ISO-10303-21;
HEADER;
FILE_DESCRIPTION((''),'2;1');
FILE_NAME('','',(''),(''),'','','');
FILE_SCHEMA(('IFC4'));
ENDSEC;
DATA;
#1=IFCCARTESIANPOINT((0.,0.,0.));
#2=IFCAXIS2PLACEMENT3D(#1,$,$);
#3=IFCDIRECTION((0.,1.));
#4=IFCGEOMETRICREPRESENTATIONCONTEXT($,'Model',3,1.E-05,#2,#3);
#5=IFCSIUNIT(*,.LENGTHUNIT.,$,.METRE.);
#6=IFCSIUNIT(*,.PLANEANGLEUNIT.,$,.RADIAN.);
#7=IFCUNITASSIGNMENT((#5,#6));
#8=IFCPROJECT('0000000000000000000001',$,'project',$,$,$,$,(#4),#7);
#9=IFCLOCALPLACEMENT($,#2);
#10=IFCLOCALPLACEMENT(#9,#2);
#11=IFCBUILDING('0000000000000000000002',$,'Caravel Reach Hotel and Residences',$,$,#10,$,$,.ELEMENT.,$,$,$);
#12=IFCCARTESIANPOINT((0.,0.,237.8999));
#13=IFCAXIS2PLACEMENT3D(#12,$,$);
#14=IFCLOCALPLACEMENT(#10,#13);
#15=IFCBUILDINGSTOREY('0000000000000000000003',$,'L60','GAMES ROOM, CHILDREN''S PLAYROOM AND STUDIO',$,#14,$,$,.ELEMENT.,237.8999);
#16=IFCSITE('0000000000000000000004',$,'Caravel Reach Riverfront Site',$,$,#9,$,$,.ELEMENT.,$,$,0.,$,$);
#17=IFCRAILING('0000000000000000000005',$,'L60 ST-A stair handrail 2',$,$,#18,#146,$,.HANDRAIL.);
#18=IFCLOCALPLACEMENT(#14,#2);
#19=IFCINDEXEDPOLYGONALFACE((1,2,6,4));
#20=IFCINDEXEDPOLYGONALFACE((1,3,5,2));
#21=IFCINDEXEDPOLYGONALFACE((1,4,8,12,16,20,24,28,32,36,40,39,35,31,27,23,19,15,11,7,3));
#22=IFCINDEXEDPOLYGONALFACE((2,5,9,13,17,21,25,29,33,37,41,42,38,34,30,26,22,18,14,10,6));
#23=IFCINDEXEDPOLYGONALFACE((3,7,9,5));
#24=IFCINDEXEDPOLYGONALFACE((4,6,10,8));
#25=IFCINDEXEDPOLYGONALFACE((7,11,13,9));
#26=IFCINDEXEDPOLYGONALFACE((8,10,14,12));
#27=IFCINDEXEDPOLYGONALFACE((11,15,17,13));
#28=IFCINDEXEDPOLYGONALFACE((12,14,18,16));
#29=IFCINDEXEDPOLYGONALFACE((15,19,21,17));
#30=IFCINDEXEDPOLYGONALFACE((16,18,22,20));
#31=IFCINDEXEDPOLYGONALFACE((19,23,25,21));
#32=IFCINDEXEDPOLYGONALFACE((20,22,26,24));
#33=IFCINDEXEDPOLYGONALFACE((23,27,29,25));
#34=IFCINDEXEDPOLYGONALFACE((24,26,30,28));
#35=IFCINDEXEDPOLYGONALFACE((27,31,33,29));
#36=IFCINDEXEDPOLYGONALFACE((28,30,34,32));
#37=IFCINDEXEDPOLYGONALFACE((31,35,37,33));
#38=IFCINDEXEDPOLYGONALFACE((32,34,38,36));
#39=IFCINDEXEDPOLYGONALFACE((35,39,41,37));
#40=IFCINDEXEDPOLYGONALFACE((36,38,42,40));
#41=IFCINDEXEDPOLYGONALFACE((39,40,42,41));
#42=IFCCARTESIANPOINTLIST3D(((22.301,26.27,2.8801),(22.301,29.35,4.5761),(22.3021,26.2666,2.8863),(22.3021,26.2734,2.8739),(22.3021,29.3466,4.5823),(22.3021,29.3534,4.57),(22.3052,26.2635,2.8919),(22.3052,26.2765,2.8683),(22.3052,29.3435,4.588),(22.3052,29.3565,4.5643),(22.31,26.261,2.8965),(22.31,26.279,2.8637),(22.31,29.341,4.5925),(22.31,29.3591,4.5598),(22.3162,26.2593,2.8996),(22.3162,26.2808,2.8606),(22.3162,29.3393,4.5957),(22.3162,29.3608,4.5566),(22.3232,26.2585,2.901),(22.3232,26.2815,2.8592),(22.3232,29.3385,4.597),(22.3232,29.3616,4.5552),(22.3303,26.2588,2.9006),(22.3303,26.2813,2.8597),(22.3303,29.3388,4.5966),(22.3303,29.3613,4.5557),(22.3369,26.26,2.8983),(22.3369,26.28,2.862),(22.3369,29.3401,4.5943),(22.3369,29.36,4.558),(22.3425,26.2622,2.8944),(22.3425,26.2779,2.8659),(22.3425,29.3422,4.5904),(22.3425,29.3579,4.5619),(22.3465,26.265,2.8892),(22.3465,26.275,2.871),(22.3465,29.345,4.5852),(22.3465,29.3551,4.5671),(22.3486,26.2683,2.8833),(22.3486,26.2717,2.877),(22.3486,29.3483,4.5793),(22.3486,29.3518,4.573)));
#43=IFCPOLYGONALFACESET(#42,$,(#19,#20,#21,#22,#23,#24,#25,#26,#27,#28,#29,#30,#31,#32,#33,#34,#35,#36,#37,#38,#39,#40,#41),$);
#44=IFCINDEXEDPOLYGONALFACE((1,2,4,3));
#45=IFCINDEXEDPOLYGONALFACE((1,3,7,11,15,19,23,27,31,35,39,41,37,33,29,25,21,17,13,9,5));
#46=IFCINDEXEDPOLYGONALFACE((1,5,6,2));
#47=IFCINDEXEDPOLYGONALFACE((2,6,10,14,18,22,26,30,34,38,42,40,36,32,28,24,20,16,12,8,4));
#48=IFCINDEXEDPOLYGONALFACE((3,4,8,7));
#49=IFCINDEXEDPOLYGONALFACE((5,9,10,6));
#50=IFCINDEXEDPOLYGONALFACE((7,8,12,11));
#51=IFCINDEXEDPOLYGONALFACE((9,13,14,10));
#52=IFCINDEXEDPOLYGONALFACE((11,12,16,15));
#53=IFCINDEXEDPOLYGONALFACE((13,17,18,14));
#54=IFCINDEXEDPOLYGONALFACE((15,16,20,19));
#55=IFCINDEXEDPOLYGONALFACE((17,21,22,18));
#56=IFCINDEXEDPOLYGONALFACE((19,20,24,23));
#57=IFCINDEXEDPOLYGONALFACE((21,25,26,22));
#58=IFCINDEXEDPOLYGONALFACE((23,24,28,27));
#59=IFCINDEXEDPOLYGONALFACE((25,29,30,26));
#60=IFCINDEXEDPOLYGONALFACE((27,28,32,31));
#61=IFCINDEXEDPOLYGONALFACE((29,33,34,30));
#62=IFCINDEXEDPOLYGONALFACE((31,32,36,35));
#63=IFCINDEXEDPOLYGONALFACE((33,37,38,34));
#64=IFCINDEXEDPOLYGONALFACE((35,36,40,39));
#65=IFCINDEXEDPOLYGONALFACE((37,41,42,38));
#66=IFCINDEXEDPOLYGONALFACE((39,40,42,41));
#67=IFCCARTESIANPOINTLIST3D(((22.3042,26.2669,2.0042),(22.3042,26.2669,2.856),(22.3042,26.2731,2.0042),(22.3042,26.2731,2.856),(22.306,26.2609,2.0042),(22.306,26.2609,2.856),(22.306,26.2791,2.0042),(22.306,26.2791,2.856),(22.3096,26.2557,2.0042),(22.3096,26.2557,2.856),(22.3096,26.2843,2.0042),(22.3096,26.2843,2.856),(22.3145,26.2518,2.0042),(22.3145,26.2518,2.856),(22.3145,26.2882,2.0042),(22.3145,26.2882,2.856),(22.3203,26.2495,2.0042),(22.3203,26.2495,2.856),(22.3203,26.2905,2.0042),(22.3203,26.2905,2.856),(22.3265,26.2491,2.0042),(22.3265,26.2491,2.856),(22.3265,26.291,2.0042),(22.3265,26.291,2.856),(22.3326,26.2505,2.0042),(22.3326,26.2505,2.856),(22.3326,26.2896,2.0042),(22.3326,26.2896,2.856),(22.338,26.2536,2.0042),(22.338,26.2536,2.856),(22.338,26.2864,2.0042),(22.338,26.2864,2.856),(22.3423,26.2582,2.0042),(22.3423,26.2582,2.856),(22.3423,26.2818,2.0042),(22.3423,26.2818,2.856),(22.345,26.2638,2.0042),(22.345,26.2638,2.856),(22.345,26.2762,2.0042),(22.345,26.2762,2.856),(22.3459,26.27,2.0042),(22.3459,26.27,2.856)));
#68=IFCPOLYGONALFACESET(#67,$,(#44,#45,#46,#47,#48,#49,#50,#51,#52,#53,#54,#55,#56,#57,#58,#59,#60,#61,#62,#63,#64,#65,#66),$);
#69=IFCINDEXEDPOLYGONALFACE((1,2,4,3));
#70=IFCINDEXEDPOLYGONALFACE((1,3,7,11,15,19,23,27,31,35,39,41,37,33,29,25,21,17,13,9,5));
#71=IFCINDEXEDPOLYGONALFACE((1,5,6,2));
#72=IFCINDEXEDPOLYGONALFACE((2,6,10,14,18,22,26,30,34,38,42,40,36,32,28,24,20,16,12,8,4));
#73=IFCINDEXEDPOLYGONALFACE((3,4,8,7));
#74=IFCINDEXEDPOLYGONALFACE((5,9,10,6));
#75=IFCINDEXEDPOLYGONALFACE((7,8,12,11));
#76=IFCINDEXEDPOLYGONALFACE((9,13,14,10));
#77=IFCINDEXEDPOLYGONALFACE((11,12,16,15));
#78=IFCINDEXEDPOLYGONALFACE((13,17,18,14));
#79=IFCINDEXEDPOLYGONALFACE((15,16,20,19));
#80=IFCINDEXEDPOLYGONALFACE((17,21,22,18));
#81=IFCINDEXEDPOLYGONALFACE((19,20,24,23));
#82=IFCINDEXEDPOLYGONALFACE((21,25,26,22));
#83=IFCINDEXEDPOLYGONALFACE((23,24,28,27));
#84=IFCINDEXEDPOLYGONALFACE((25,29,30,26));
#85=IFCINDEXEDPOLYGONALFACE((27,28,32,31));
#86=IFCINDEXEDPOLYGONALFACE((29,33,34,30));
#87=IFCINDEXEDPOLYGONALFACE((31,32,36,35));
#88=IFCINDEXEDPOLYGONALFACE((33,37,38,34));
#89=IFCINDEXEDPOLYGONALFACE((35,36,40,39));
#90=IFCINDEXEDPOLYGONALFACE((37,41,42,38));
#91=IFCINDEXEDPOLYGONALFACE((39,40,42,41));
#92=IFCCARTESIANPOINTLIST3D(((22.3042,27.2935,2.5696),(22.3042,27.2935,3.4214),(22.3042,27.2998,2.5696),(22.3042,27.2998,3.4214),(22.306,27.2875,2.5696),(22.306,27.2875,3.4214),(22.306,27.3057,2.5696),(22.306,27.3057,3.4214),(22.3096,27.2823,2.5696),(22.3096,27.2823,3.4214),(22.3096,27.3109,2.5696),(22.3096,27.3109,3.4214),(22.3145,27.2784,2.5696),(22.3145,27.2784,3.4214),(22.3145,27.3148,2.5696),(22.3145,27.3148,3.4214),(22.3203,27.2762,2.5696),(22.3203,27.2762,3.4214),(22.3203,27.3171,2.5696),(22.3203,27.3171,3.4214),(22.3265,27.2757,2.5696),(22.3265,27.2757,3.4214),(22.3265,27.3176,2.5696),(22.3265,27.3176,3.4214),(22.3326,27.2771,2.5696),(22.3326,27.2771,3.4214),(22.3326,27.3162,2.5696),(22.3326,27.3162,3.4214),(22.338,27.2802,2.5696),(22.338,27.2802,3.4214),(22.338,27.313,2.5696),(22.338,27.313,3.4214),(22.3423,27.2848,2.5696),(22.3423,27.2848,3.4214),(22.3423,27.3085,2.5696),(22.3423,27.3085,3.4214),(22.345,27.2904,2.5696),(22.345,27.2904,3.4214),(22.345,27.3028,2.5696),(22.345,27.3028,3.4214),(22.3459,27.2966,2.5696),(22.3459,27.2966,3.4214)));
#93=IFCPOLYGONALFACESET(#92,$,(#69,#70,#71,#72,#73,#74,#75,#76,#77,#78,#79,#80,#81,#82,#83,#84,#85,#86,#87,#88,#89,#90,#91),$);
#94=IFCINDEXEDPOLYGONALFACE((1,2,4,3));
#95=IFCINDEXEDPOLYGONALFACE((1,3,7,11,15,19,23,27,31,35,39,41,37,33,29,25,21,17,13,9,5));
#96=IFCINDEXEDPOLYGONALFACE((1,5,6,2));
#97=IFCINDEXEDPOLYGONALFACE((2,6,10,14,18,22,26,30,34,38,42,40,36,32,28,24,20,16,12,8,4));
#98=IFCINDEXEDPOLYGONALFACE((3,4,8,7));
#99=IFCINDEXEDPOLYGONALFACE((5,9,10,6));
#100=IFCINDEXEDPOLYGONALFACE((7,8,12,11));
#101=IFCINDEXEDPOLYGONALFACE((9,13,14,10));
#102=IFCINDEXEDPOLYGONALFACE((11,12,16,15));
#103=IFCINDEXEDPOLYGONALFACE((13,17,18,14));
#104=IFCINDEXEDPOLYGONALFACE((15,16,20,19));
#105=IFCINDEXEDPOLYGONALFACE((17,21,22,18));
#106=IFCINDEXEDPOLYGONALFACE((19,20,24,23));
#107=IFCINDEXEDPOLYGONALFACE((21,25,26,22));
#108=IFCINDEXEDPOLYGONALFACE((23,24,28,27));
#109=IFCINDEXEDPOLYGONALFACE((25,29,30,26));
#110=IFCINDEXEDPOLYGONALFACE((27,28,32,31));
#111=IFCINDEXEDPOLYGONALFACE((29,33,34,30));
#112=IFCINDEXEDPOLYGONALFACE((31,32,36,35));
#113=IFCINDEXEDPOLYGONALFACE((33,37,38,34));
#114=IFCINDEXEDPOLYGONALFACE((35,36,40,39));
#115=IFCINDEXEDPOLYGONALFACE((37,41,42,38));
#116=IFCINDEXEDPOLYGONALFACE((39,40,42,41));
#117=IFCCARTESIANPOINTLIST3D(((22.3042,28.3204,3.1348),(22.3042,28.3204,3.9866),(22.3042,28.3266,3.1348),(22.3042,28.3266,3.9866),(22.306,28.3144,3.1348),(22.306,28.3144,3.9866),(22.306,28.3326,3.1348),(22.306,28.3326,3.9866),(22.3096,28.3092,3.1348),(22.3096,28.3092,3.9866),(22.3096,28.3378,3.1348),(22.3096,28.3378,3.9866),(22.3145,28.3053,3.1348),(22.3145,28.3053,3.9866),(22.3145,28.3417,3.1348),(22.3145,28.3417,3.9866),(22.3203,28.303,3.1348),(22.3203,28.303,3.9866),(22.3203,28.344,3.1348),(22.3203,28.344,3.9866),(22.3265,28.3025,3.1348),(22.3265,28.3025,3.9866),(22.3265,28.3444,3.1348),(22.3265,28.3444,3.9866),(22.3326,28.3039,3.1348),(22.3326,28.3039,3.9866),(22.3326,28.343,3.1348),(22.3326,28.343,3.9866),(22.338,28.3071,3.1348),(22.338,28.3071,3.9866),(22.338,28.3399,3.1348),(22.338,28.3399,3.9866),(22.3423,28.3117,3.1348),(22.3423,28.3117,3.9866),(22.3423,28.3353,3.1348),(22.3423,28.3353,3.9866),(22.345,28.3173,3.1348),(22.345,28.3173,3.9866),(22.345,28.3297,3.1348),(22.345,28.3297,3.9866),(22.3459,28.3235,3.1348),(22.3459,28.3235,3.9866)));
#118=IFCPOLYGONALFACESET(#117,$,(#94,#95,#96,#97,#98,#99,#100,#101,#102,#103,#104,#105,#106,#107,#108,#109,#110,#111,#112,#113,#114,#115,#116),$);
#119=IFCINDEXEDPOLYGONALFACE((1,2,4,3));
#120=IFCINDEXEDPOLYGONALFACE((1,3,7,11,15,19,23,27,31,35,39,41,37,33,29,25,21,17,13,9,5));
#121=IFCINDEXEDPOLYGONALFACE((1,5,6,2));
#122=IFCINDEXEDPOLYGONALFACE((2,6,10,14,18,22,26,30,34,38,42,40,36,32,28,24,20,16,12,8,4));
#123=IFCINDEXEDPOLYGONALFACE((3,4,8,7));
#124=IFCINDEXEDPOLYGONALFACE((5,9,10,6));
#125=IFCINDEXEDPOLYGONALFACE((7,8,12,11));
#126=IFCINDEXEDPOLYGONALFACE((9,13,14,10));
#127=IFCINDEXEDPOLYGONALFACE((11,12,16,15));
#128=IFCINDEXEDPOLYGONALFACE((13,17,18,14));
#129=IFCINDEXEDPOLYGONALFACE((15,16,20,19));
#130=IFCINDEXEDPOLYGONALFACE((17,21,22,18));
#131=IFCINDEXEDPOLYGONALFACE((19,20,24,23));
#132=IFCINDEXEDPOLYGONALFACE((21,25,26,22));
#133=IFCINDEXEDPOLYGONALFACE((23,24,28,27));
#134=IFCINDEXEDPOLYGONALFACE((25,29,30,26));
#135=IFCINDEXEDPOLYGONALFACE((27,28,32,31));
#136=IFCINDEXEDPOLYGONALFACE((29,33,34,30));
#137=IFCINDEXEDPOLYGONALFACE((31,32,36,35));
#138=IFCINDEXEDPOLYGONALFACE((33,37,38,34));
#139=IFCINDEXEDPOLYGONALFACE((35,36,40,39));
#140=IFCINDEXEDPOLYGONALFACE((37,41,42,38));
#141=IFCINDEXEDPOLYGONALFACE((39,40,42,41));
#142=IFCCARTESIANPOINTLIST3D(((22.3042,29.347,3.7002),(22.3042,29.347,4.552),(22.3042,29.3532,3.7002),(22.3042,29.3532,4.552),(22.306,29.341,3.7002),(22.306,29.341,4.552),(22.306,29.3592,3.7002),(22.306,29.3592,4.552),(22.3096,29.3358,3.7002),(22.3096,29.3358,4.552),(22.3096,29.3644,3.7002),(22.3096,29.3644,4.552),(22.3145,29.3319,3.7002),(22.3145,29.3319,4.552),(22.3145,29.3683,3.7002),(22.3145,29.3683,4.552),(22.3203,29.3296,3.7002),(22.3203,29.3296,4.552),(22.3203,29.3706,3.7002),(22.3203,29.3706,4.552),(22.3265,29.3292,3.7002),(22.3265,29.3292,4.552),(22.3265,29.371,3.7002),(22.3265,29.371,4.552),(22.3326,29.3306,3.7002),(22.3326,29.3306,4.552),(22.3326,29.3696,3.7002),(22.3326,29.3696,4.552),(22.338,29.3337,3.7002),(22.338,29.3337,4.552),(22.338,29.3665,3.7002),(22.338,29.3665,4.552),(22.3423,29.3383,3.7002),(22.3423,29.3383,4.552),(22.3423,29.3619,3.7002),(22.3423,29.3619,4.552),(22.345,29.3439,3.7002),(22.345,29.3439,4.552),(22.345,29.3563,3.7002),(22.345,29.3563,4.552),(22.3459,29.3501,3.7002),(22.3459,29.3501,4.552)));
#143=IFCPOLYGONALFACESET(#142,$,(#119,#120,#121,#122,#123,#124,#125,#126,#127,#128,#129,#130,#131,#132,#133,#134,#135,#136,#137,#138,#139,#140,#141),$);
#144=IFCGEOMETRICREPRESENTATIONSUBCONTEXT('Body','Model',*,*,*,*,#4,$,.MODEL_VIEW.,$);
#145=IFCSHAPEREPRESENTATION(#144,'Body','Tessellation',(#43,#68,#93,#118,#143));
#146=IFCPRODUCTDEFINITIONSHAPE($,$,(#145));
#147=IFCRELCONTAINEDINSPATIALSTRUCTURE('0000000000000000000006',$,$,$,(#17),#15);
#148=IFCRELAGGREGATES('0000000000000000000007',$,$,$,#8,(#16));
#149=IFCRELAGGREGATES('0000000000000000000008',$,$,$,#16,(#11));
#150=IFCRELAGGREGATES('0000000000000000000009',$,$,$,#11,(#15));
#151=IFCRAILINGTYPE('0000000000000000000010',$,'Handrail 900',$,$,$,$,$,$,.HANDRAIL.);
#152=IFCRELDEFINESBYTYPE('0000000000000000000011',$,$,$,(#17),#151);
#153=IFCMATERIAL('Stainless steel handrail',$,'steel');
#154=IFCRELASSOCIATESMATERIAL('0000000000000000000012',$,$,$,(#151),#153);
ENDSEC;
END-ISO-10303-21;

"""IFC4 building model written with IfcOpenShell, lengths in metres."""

from ifc_helpers import new_model, si_unit, direction, frame, origin, origin_2d, place, context, subcontext, project, spatial, circle, extrude, material, type_object, element, save


model = new_model("IFC4")

# Units and contexts
model_context = context("Model", 3, precision=1e-05, world=origin(), true_north=direction((0.0, 1.0)))
body_context = subcontext(model_context, "Body", "Model", "MODEL_VIEW")
ifc_project = project(units=[si_unit("LENGTHUNIT", "METRE"), si_unit("PLANEANGLEUNIT", "RADIAN")], contexts=[model_context])

# Site, building, storey
site_placement = place(None, origin())
site = spatial("IfcSite", under=ifc_project, at=site_placement, Name="Caravel Reach Riverfront Site", CompositionType="ELEMENT", RefElevation=0.0)
building_placement = place(site_placement, origin())
building = spatial("IfcBuilding", under=site, at=building_placement, Name="Caravel Reach Hotel and Residences", CompositionType="ELEMENT")
storey_placement = place(building_placement, frame((0.0, 0.0, 237.8999)))
storey = spatial("IfcBuildingStorey", under=building, at=storey_placement, Name="L60", Description="GAMES ROOM, CHILDREN'S PLAYROOM AND STUDIO", CompositionType="ELEMENT", Elevation=237.8999)

# Railing
ifc_material_1 = material(Name="Stainless steel handrail", Category="steel")
railing_type = type_object("IfcRailingType", Name="Handrail 900", PredefinedType="HANDRAIL", material=ifc_material_1)
railing_placement = place(storey_placement, frame((22.325, 26.27, 2.0042)))
element("IfcRailing", 1, at=railing_placement, inside=storey, type_object=railing_type, Name="L60 ST-A stair handrail 2", PredefinedType="HANDRAIL", context=body_context, shape_type="SweptSolid", body=[
    extrude(circle(Radius=0.0239, at=origin_2d()), frame((0.0, 0.0, 0.876), z_axis=(0.0, 0.875975, 0.482356), x_axis=(-1.0, 0.0, 0.0)), (0.0, 0.0, 1.0), 3.5161),
    extrude(circle(Radius=0.021, at=origin_2d()), origin(), (0.0, 0.0, 1.0), 0.8518),
    extrude(circle(Radius=0.021, at=origin_2d()), frame((0.0, 1.0266, 0.5654)), (0.0, 0.0, 1.0), 0.8518),
    extrude(circle(Radius=0.021, at=origin_2d()), frame((0.0, 2.0535, 1.1306)), (0.0, 0.0, 1.0), 0.8518),
    extrude(circle(Radius=0.021, at=origin_2d()), frame((0.0, 3.0801, 1.696)), (0.0, 0.0, 1.0), 0.8518),
])

save(model, "model.ifc")
